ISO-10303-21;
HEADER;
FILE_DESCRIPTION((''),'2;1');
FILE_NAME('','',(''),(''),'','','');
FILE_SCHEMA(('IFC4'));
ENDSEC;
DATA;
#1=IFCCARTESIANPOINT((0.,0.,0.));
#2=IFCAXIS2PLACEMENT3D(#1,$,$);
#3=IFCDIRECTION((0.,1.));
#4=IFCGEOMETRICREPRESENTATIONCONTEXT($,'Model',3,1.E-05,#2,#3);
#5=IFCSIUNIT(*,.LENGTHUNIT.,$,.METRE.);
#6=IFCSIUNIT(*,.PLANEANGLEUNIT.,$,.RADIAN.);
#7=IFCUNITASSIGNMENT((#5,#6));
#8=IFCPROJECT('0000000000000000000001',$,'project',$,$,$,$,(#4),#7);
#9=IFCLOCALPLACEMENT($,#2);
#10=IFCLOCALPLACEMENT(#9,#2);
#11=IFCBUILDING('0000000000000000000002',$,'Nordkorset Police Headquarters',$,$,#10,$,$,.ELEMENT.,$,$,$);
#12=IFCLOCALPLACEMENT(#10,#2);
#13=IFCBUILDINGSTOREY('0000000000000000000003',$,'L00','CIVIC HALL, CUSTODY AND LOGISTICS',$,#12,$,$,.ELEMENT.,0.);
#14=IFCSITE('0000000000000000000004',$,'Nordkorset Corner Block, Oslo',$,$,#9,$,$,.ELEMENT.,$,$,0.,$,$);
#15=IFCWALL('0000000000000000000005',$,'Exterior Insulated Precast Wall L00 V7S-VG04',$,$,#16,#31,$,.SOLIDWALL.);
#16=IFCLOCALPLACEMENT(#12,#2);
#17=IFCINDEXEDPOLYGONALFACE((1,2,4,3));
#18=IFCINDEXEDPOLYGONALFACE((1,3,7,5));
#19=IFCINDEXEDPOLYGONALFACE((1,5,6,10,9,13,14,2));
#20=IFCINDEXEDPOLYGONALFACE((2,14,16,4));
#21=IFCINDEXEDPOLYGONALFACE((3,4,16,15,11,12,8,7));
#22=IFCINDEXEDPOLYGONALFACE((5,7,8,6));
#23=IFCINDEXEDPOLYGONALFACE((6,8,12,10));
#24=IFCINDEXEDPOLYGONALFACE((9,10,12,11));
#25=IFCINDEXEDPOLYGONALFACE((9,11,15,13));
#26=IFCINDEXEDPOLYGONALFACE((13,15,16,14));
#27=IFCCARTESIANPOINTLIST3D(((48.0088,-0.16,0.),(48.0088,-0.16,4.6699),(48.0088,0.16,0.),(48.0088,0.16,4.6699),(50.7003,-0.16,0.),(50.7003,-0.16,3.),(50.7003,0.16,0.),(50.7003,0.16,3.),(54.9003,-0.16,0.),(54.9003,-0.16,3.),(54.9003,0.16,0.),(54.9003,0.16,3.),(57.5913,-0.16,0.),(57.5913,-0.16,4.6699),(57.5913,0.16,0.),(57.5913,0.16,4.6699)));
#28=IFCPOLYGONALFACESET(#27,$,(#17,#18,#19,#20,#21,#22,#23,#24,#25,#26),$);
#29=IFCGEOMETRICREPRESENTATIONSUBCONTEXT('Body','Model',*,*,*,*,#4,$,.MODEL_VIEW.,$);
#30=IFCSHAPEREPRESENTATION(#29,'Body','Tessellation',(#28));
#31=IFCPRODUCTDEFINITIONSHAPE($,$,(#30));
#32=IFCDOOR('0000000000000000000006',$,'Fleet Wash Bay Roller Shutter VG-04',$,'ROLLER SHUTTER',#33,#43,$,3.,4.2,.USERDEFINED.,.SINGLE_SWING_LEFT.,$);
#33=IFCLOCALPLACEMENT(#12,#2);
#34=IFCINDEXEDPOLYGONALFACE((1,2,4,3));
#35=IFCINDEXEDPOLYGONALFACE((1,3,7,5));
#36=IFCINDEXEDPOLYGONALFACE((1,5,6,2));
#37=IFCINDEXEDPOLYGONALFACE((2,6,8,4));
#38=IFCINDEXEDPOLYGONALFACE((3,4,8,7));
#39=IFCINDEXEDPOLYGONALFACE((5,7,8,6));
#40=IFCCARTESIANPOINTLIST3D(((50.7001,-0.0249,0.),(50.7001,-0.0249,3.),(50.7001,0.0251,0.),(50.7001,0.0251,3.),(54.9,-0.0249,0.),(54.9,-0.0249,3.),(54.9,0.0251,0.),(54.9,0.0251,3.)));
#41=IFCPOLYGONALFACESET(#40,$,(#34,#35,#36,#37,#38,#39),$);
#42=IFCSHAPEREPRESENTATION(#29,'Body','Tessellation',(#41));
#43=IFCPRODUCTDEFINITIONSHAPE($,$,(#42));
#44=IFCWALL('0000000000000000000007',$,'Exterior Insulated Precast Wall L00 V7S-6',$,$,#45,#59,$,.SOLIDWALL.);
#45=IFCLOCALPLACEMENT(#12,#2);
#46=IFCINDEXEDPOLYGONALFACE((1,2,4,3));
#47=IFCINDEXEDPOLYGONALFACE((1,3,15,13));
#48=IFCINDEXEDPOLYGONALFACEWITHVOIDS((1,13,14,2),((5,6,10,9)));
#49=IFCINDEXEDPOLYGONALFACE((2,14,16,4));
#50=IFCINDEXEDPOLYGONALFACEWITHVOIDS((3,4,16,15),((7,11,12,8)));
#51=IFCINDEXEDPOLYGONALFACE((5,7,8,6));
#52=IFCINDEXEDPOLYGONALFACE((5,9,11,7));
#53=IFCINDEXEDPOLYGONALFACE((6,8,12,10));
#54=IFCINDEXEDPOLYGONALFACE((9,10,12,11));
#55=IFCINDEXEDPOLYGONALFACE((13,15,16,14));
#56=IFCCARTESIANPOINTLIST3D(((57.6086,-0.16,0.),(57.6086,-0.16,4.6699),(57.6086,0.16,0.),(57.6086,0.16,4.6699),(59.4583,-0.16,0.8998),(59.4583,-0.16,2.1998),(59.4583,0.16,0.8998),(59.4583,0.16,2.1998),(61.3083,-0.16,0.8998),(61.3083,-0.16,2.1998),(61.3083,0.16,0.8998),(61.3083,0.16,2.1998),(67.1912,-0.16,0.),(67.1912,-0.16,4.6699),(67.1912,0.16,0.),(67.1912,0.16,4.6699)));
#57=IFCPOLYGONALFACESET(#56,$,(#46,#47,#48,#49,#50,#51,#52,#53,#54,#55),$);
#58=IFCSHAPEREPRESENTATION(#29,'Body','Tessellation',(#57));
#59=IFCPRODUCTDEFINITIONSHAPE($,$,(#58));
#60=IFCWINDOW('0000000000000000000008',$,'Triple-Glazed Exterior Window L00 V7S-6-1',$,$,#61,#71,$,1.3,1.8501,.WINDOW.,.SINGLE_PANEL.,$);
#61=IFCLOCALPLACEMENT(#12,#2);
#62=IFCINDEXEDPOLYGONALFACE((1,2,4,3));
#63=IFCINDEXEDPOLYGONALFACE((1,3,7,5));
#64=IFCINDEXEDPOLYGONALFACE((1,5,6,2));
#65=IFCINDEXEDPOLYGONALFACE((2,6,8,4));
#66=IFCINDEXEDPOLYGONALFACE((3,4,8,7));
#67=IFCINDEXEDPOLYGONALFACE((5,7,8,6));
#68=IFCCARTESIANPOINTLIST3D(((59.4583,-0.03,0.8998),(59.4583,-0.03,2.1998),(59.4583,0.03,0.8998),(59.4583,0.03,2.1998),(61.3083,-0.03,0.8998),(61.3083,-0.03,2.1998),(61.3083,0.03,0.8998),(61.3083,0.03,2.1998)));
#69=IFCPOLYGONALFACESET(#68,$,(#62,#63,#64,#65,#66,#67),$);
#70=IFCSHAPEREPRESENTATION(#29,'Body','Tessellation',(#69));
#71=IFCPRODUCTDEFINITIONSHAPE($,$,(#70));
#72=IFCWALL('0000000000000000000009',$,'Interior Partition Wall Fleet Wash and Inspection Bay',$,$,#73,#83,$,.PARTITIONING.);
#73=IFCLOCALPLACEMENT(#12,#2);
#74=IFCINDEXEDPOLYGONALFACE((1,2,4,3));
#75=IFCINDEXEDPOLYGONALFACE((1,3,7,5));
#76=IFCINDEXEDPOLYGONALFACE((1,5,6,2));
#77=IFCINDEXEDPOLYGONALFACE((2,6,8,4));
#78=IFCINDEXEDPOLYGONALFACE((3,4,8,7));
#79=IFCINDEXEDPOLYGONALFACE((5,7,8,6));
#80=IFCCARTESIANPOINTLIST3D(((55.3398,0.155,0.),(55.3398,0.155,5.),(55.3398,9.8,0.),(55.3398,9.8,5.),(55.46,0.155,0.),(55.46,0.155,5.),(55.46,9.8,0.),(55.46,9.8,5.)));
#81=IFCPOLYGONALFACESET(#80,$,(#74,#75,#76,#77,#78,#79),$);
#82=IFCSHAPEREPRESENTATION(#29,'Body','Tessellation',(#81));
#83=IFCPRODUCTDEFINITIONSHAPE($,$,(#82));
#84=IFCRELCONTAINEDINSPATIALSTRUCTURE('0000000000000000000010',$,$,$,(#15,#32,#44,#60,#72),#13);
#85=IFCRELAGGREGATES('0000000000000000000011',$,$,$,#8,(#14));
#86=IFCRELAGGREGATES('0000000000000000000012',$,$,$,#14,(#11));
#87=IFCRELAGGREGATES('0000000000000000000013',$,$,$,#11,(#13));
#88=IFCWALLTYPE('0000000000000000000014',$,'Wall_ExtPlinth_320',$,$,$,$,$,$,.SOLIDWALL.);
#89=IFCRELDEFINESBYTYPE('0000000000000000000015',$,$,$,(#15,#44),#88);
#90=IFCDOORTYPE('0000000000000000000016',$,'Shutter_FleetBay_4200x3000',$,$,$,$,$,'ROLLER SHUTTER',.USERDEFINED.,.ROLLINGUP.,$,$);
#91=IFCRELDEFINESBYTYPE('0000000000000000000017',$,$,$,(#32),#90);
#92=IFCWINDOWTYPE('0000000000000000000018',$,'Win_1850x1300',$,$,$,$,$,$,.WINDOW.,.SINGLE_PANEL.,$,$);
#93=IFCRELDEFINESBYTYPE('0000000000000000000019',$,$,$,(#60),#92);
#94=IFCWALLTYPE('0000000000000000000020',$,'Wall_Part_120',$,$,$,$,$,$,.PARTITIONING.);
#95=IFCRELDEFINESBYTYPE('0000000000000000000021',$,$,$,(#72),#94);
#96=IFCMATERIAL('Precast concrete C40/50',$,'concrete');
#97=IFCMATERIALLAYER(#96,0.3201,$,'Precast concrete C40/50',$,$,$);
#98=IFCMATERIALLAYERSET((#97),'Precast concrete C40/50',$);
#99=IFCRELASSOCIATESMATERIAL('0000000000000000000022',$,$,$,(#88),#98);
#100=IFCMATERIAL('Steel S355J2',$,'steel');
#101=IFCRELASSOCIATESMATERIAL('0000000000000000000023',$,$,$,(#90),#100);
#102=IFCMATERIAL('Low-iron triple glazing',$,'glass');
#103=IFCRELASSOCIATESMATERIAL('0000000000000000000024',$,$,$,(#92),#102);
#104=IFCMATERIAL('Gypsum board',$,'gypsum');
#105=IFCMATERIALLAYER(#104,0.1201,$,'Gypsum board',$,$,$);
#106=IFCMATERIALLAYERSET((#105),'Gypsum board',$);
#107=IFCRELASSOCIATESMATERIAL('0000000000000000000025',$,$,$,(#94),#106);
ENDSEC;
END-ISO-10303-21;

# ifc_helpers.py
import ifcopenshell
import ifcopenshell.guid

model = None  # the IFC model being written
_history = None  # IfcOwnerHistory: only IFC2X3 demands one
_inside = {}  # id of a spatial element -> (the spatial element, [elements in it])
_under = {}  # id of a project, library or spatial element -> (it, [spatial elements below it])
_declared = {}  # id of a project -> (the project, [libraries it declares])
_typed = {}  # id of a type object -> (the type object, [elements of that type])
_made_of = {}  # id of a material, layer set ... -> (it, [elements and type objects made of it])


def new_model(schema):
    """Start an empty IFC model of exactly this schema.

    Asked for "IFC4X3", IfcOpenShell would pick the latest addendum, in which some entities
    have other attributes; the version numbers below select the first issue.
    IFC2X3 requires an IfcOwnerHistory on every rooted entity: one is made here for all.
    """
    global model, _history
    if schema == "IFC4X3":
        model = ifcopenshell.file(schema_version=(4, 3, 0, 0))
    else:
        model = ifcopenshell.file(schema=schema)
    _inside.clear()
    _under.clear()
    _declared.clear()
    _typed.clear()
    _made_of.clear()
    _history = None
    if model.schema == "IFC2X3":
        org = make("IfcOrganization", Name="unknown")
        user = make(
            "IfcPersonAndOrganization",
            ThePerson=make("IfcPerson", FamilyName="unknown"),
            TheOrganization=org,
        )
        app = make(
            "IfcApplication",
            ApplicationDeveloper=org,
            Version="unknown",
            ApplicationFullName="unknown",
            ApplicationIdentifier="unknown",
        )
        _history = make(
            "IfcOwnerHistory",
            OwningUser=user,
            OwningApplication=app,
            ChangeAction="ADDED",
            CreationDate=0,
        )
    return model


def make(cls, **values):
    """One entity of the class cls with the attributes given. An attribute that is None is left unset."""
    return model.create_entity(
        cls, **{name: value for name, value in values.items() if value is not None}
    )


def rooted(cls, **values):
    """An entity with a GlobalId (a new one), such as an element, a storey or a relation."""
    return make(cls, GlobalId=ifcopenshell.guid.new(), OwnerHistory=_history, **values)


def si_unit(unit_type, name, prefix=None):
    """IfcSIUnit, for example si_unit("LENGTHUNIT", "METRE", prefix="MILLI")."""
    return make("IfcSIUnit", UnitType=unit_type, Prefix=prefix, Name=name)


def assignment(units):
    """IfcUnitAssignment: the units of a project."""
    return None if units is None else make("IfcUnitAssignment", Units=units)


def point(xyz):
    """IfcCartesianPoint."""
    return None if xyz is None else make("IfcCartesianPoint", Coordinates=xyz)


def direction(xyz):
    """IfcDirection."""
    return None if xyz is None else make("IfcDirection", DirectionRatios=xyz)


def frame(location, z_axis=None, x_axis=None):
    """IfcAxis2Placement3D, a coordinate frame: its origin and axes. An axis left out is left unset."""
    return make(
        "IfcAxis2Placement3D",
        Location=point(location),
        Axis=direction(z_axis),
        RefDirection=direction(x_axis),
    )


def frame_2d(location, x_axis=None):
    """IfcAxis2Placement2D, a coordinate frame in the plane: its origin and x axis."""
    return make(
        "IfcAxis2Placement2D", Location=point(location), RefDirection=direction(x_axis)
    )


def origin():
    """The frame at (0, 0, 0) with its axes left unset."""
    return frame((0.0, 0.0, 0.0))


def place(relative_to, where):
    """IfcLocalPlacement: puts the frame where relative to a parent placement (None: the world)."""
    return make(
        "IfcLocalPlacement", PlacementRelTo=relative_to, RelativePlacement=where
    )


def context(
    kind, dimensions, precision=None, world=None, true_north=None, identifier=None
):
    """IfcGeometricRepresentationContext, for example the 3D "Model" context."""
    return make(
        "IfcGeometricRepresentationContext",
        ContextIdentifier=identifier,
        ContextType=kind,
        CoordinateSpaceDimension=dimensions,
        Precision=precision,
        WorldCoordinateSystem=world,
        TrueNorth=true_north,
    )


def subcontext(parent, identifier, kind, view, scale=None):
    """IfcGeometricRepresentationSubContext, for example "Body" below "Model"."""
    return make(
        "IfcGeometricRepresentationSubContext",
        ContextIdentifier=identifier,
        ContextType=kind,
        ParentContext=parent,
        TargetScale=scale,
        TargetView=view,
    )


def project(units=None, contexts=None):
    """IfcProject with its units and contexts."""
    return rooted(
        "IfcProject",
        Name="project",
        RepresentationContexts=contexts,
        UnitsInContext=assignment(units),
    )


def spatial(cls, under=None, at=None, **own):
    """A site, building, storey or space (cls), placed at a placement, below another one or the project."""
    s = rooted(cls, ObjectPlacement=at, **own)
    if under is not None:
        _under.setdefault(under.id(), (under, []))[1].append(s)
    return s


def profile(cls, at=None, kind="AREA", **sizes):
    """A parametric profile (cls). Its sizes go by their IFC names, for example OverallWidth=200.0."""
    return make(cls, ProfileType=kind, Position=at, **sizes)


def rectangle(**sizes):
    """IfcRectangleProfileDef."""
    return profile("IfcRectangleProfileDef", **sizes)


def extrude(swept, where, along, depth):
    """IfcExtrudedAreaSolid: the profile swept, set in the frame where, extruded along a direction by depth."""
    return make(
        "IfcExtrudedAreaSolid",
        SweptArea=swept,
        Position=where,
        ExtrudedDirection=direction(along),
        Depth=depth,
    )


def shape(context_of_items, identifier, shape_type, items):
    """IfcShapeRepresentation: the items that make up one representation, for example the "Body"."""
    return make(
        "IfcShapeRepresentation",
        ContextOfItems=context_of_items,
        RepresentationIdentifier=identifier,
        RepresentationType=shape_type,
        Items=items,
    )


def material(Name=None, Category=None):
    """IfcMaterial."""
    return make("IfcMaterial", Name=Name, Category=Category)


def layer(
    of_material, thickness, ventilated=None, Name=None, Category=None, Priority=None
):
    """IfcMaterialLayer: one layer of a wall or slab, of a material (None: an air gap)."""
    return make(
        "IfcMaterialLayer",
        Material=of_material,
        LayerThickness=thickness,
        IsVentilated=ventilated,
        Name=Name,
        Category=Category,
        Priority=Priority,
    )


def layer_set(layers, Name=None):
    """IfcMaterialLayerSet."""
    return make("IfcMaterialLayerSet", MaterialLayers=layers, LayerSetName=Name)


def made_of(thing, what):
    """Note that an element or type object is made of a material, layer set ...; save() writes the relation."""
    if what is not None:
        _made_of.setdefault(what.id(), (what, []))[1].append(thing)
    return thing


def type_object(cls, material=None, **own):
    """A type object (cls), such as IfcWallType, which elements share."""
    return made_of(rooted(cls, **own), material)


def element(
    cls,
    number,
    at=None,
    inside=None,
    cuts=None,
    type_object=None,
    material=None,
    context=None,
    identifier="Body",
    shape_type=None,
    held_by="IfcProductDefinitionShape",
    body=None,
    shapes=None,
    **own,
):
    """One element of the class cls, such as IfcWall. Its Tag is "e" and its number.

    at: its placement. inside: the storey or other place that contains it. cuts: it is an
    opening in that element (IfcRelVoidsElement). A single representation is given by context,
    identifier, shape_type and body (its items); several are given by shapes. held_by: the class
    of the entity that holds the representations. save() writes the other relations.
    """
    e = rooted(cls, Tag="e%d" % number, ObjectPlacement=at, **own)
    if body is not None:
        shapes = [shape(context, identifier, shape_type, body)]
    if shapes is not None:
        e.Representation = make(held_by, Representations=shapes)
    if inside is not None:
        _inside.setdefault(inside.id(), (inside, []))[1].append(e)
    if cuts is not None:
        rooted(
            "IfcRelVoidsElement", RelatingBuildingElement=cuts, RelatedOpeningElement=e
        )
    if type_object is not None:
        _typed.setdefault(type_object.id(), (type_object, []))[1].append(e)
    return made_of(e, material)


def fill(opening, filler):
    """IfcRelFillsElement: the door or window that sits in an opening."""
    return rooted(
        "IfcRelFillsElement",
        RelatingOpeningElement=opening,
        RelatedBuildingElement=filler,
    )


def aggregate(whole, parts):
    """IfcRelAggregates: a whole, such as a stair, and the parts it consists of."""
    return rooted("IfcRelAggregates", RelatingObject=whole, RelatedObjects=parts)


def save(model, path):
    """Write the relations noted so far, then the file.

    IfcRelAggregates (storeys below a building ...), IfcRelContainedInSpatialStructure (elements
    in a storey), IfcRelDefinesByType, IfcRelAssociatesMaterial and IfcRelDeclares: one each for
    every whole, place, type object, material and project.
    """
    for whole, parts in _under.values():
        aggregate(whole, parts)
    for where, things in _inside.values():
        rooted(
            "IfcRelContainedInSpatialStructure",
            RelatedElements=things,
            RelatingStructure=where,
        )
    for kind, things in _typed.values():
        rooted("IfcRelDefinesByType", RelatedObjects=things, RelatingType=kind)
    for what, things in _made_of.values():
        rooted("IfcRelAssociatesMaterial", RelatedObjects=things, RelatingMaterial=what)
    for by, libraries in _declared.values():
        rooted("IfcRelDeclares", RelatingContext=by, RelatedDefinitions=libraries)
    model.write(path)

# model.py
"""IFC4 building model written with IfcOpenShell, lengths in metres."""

from ifc_helpers import new_model, si_unit, direction, frame, frame_2d, origin, place, context, subcontext, project, spatial, rectangle, extrude, material, layer, layer_set, type_object, element, fill, save


model = new_model("IFC4")

# Units and contexts
model_context = context("Model", 3, precision=1e-05, world=origin(), true_north=direction((0.0, 1.0)))
body_context = subcontext(model_context, "Body", "Model", "MODEL_VIEW")
ifc_project = project(units=[si_unit("LENGTHUNIT", "METRE"), si_unit("PLANEANGLEUNIT", "RADIAN")], contexts=[model_context])

# Site, building, storey
site_placement = place(None, origin())
site = spatial("IfcSite", under=ifc_project, at=site_placement, Name="Nordkorset Corner Block, Oslo", CompositionType="ELEMENT", RefElevation=0.0)
building_placement = place(site_placement, origin())
building = spatial("IfcBuilding", under=site, at=building_placement, Name="Nordkorset Police Headquarters", CompositionType="ELEMENT")
storey_placement = place(building_placement, origin())
storey = spatial("IfcBuildingStorey", under=building, at=storey_placement, Name="L00", Description="CIVIC HALL, CUSTODY AND LOGISTICS", CompositionType="ELEMENT", Elevation=0.0)

# Wall, opening, door
ifc_material_1 = material(Name="Precast concrete C40/50", Category="concrete")
ifc_layer_1 = layer(ifc_material_1, 0.3201, Name="Precast concrete C40/50")
ifc_layer_set_1 = layer_set([ifc_layer_1], Name="Precast concrete C40/50")
wall_type_1 = type_object("IfcWallType", Name="Wall_ExtPlinth_320", PredefinedType="SOLIDWALL", material=ifc_layer_set_1)
wall_1_placement = place(storey_placement, frame((48.0088, 0.0, 0.0), z_axis=(0.0, 0.0, 1.0), x_axis=(1.0, 0.0, 0.0)))
wall_1 = element("IfcWall", 1, at=wall_1_placement, inside=storey, type_object=wall_type_1, Name="Exterior Insulated Precast Wall L00 V7S-VG04", PredefinedType="SOLIDWALL", context=body_context, shape_type="SweptSolid", body=[
    extrude(rectangle(XDim=9.5825, YDim=0.3201, at=frame_2d((4.7913, 0.0))), origin(), (0.0, 0.0, 1.0), 4.6699),
])
opening_1_placement = place(wall_1_placement, frame((2.6914, 0.0, 0.0)))
opening_1 = element("IfcOpeningElement", 2, at=opening_1_placement, cuts=wall_1, PredefinedType="OPENING", context=body_context, shape_type="SweptSolid", body=[
    extrude(rectangle(XDim=4.2, YDim=3.0, at=frame_2d((2.1001, 1.5))), frame((0.0, 0.1699, 0.0), z_axis=(0.0, -1.0, 0.0), x_axis=(1.0, 0.0, 0.0)), (0.0, 0.0, 1.0), 0.3401),
])
ifc_material_2 = material(Name="Steel S355J2", Category="steel")
door_type = type_object("IfcDoorType", Name="Shutter_FleetBay_4200x3000", ElementType="ROLLER SHUTTER", OperationType="ROLLINGUP", PredefinedType="USERDEFINED", material=ifc_material_2)
door_placement = place(opening_1_placement, frame((4.2, 0.0, 0.0), z_axis=(0.0, 0.0, 1.0), x_axis=(-1.0, 0.0, 0.0)))
door = element("IfcDoor", 3, at=door_placement, inside=storey, type_object=door_type, Name="Fleet Wash Bay Roller Shutter VG-04", ObjectType="ROLLER SHUTTER", OperationType="SINGLE_SWING_LEFT", OverallHeight=3.0, OverallWidth=4.2, PredefinedType="USERDEFINED", context=body_context, shape_type="SweptSolid", body=[
    extrude(rectangle(XDim=4.2, YDim=3.0, at=frame_2d((2.1001, 1.5))), frame((0.0, 0.0249, 0.0), z_axis=(0.0, -1.0, 0.0), x_axis=(1.0, 0.0, 0.0)), (0.0, 0.0, 1.0), 0.05),
])
fill(opening_1, door)

# Wall, opening, window
wall_2_placement = place(storey_placement, frame((57.6086, 0.0, 0.0), z_axis=(0.0, 0.0, 1.0), x_axis=(1.0, 0.0, 0.0)))
wall_2 = element("IfcWall", 4, at=wall_2_placement, inside=storey, type_object=wall_type_1, Name="Exterior Insulated Precast Wall L00 V7S-6", PredefinedType="SOLIDWALL", context=body_context, shape_type="SweptSolid", body=[
    extrude(rectangle(XDim=9.5825, YDim=0.3201, at=frame_2d((4.7913, 0.0))), origin(), (0.0, 0.0, 1.0), 4.6699),
])
opening_2_placement = place(wall_2_placement, frame((1.8496, 0.0, 0.8999)))
opening_2 = element("IfcOpeningElement", 5, at=opening_2_placement, cuts=wall_2, PredefinedType="OPENING", context=body_context, shape_type="SweptSolid", body=[
    extrude(rectangle(XDim=1.8501, YDim=1.3, at=frame_2d((0.925, 0.6499))), frame((0.0, 0.1699, 0.0), z_axis=(0.0, -1.0, 0.0), x_axis=(1.0, 0.0, 0.0)), (0.0, 0.0, 1.0), 0.3401),
])
ifc_material_3 = material(Name="Low-iron triple glazing", Category="glass")
window_type = type_object("IfcWindowType", Name="Win_1850x1300", PartitioningType="SINGLE_PANEL", PredefinedType="WINDOW", material=ifc_material_3)
window_placement = place(opening_2_placement, origin())
window = element("IfcWindow", 6, at=window_placement, inside=storey, type_object=window_type, Name="Triple-Glazed Exterior Window L00 V7S-6-1", OverallHeight=1.3, OverallWidth=1.8501, PartitioningType="SINGLE_PANEL", PredefinedType="WINDOW", context=body_context, shape_type="SweptSolid", body=[
    extrude(rectangle(XDim=1.8501, YDim=1.3, at=frame_2d((0.925, 0.6499))), frame((0.0, 0.03, 0.0), z_axis=(0.0, -1.0, 0.0), x_axis=(1.0, 0.0, 0.0)), (0.0, 0.0, 1.0), 0.0601),
])
fill(opening_2, window)

# Wall
ifc_material_4 = material(Name="Gypsum board", Category="gypsum")
ifc_layer_2 = layer(ifc_material_4, 0.1201, Name="Gypsum board")
ifc_layer_set_2 = layer_set([ifc_layer_2], Name="Gypsum board")
wall_type_2 = type_object("IfcWallType", Name="Wall_Part_120", PredefinedType="PARTITIONING", material=ifc_layer_set_2)
wall_3_placement = place(storey_placement, frame((55.3999, 0.155, 0.0), z_axis=(0.0, 0.0, 1.0), x_axis=(0.0, 1.0, 0.0)))
element("IfcWall", 7, at=wall_3_placement, inside=storey, type_object=wall_type_2, Name="Interior Partition Wall Fleet Wash and Inspection Bay", PredefinedType="PARTITIONING", context=body_context, shape_type="SweptSolid", body=[
    extrude(rectangle(XDim=9.645, YDim=0.1201, at=frame_2d((4.8225, 0.0))), origin(), (0.0, 0.0, 1.0), 5.0),
])

save(model, "model.ifc")
